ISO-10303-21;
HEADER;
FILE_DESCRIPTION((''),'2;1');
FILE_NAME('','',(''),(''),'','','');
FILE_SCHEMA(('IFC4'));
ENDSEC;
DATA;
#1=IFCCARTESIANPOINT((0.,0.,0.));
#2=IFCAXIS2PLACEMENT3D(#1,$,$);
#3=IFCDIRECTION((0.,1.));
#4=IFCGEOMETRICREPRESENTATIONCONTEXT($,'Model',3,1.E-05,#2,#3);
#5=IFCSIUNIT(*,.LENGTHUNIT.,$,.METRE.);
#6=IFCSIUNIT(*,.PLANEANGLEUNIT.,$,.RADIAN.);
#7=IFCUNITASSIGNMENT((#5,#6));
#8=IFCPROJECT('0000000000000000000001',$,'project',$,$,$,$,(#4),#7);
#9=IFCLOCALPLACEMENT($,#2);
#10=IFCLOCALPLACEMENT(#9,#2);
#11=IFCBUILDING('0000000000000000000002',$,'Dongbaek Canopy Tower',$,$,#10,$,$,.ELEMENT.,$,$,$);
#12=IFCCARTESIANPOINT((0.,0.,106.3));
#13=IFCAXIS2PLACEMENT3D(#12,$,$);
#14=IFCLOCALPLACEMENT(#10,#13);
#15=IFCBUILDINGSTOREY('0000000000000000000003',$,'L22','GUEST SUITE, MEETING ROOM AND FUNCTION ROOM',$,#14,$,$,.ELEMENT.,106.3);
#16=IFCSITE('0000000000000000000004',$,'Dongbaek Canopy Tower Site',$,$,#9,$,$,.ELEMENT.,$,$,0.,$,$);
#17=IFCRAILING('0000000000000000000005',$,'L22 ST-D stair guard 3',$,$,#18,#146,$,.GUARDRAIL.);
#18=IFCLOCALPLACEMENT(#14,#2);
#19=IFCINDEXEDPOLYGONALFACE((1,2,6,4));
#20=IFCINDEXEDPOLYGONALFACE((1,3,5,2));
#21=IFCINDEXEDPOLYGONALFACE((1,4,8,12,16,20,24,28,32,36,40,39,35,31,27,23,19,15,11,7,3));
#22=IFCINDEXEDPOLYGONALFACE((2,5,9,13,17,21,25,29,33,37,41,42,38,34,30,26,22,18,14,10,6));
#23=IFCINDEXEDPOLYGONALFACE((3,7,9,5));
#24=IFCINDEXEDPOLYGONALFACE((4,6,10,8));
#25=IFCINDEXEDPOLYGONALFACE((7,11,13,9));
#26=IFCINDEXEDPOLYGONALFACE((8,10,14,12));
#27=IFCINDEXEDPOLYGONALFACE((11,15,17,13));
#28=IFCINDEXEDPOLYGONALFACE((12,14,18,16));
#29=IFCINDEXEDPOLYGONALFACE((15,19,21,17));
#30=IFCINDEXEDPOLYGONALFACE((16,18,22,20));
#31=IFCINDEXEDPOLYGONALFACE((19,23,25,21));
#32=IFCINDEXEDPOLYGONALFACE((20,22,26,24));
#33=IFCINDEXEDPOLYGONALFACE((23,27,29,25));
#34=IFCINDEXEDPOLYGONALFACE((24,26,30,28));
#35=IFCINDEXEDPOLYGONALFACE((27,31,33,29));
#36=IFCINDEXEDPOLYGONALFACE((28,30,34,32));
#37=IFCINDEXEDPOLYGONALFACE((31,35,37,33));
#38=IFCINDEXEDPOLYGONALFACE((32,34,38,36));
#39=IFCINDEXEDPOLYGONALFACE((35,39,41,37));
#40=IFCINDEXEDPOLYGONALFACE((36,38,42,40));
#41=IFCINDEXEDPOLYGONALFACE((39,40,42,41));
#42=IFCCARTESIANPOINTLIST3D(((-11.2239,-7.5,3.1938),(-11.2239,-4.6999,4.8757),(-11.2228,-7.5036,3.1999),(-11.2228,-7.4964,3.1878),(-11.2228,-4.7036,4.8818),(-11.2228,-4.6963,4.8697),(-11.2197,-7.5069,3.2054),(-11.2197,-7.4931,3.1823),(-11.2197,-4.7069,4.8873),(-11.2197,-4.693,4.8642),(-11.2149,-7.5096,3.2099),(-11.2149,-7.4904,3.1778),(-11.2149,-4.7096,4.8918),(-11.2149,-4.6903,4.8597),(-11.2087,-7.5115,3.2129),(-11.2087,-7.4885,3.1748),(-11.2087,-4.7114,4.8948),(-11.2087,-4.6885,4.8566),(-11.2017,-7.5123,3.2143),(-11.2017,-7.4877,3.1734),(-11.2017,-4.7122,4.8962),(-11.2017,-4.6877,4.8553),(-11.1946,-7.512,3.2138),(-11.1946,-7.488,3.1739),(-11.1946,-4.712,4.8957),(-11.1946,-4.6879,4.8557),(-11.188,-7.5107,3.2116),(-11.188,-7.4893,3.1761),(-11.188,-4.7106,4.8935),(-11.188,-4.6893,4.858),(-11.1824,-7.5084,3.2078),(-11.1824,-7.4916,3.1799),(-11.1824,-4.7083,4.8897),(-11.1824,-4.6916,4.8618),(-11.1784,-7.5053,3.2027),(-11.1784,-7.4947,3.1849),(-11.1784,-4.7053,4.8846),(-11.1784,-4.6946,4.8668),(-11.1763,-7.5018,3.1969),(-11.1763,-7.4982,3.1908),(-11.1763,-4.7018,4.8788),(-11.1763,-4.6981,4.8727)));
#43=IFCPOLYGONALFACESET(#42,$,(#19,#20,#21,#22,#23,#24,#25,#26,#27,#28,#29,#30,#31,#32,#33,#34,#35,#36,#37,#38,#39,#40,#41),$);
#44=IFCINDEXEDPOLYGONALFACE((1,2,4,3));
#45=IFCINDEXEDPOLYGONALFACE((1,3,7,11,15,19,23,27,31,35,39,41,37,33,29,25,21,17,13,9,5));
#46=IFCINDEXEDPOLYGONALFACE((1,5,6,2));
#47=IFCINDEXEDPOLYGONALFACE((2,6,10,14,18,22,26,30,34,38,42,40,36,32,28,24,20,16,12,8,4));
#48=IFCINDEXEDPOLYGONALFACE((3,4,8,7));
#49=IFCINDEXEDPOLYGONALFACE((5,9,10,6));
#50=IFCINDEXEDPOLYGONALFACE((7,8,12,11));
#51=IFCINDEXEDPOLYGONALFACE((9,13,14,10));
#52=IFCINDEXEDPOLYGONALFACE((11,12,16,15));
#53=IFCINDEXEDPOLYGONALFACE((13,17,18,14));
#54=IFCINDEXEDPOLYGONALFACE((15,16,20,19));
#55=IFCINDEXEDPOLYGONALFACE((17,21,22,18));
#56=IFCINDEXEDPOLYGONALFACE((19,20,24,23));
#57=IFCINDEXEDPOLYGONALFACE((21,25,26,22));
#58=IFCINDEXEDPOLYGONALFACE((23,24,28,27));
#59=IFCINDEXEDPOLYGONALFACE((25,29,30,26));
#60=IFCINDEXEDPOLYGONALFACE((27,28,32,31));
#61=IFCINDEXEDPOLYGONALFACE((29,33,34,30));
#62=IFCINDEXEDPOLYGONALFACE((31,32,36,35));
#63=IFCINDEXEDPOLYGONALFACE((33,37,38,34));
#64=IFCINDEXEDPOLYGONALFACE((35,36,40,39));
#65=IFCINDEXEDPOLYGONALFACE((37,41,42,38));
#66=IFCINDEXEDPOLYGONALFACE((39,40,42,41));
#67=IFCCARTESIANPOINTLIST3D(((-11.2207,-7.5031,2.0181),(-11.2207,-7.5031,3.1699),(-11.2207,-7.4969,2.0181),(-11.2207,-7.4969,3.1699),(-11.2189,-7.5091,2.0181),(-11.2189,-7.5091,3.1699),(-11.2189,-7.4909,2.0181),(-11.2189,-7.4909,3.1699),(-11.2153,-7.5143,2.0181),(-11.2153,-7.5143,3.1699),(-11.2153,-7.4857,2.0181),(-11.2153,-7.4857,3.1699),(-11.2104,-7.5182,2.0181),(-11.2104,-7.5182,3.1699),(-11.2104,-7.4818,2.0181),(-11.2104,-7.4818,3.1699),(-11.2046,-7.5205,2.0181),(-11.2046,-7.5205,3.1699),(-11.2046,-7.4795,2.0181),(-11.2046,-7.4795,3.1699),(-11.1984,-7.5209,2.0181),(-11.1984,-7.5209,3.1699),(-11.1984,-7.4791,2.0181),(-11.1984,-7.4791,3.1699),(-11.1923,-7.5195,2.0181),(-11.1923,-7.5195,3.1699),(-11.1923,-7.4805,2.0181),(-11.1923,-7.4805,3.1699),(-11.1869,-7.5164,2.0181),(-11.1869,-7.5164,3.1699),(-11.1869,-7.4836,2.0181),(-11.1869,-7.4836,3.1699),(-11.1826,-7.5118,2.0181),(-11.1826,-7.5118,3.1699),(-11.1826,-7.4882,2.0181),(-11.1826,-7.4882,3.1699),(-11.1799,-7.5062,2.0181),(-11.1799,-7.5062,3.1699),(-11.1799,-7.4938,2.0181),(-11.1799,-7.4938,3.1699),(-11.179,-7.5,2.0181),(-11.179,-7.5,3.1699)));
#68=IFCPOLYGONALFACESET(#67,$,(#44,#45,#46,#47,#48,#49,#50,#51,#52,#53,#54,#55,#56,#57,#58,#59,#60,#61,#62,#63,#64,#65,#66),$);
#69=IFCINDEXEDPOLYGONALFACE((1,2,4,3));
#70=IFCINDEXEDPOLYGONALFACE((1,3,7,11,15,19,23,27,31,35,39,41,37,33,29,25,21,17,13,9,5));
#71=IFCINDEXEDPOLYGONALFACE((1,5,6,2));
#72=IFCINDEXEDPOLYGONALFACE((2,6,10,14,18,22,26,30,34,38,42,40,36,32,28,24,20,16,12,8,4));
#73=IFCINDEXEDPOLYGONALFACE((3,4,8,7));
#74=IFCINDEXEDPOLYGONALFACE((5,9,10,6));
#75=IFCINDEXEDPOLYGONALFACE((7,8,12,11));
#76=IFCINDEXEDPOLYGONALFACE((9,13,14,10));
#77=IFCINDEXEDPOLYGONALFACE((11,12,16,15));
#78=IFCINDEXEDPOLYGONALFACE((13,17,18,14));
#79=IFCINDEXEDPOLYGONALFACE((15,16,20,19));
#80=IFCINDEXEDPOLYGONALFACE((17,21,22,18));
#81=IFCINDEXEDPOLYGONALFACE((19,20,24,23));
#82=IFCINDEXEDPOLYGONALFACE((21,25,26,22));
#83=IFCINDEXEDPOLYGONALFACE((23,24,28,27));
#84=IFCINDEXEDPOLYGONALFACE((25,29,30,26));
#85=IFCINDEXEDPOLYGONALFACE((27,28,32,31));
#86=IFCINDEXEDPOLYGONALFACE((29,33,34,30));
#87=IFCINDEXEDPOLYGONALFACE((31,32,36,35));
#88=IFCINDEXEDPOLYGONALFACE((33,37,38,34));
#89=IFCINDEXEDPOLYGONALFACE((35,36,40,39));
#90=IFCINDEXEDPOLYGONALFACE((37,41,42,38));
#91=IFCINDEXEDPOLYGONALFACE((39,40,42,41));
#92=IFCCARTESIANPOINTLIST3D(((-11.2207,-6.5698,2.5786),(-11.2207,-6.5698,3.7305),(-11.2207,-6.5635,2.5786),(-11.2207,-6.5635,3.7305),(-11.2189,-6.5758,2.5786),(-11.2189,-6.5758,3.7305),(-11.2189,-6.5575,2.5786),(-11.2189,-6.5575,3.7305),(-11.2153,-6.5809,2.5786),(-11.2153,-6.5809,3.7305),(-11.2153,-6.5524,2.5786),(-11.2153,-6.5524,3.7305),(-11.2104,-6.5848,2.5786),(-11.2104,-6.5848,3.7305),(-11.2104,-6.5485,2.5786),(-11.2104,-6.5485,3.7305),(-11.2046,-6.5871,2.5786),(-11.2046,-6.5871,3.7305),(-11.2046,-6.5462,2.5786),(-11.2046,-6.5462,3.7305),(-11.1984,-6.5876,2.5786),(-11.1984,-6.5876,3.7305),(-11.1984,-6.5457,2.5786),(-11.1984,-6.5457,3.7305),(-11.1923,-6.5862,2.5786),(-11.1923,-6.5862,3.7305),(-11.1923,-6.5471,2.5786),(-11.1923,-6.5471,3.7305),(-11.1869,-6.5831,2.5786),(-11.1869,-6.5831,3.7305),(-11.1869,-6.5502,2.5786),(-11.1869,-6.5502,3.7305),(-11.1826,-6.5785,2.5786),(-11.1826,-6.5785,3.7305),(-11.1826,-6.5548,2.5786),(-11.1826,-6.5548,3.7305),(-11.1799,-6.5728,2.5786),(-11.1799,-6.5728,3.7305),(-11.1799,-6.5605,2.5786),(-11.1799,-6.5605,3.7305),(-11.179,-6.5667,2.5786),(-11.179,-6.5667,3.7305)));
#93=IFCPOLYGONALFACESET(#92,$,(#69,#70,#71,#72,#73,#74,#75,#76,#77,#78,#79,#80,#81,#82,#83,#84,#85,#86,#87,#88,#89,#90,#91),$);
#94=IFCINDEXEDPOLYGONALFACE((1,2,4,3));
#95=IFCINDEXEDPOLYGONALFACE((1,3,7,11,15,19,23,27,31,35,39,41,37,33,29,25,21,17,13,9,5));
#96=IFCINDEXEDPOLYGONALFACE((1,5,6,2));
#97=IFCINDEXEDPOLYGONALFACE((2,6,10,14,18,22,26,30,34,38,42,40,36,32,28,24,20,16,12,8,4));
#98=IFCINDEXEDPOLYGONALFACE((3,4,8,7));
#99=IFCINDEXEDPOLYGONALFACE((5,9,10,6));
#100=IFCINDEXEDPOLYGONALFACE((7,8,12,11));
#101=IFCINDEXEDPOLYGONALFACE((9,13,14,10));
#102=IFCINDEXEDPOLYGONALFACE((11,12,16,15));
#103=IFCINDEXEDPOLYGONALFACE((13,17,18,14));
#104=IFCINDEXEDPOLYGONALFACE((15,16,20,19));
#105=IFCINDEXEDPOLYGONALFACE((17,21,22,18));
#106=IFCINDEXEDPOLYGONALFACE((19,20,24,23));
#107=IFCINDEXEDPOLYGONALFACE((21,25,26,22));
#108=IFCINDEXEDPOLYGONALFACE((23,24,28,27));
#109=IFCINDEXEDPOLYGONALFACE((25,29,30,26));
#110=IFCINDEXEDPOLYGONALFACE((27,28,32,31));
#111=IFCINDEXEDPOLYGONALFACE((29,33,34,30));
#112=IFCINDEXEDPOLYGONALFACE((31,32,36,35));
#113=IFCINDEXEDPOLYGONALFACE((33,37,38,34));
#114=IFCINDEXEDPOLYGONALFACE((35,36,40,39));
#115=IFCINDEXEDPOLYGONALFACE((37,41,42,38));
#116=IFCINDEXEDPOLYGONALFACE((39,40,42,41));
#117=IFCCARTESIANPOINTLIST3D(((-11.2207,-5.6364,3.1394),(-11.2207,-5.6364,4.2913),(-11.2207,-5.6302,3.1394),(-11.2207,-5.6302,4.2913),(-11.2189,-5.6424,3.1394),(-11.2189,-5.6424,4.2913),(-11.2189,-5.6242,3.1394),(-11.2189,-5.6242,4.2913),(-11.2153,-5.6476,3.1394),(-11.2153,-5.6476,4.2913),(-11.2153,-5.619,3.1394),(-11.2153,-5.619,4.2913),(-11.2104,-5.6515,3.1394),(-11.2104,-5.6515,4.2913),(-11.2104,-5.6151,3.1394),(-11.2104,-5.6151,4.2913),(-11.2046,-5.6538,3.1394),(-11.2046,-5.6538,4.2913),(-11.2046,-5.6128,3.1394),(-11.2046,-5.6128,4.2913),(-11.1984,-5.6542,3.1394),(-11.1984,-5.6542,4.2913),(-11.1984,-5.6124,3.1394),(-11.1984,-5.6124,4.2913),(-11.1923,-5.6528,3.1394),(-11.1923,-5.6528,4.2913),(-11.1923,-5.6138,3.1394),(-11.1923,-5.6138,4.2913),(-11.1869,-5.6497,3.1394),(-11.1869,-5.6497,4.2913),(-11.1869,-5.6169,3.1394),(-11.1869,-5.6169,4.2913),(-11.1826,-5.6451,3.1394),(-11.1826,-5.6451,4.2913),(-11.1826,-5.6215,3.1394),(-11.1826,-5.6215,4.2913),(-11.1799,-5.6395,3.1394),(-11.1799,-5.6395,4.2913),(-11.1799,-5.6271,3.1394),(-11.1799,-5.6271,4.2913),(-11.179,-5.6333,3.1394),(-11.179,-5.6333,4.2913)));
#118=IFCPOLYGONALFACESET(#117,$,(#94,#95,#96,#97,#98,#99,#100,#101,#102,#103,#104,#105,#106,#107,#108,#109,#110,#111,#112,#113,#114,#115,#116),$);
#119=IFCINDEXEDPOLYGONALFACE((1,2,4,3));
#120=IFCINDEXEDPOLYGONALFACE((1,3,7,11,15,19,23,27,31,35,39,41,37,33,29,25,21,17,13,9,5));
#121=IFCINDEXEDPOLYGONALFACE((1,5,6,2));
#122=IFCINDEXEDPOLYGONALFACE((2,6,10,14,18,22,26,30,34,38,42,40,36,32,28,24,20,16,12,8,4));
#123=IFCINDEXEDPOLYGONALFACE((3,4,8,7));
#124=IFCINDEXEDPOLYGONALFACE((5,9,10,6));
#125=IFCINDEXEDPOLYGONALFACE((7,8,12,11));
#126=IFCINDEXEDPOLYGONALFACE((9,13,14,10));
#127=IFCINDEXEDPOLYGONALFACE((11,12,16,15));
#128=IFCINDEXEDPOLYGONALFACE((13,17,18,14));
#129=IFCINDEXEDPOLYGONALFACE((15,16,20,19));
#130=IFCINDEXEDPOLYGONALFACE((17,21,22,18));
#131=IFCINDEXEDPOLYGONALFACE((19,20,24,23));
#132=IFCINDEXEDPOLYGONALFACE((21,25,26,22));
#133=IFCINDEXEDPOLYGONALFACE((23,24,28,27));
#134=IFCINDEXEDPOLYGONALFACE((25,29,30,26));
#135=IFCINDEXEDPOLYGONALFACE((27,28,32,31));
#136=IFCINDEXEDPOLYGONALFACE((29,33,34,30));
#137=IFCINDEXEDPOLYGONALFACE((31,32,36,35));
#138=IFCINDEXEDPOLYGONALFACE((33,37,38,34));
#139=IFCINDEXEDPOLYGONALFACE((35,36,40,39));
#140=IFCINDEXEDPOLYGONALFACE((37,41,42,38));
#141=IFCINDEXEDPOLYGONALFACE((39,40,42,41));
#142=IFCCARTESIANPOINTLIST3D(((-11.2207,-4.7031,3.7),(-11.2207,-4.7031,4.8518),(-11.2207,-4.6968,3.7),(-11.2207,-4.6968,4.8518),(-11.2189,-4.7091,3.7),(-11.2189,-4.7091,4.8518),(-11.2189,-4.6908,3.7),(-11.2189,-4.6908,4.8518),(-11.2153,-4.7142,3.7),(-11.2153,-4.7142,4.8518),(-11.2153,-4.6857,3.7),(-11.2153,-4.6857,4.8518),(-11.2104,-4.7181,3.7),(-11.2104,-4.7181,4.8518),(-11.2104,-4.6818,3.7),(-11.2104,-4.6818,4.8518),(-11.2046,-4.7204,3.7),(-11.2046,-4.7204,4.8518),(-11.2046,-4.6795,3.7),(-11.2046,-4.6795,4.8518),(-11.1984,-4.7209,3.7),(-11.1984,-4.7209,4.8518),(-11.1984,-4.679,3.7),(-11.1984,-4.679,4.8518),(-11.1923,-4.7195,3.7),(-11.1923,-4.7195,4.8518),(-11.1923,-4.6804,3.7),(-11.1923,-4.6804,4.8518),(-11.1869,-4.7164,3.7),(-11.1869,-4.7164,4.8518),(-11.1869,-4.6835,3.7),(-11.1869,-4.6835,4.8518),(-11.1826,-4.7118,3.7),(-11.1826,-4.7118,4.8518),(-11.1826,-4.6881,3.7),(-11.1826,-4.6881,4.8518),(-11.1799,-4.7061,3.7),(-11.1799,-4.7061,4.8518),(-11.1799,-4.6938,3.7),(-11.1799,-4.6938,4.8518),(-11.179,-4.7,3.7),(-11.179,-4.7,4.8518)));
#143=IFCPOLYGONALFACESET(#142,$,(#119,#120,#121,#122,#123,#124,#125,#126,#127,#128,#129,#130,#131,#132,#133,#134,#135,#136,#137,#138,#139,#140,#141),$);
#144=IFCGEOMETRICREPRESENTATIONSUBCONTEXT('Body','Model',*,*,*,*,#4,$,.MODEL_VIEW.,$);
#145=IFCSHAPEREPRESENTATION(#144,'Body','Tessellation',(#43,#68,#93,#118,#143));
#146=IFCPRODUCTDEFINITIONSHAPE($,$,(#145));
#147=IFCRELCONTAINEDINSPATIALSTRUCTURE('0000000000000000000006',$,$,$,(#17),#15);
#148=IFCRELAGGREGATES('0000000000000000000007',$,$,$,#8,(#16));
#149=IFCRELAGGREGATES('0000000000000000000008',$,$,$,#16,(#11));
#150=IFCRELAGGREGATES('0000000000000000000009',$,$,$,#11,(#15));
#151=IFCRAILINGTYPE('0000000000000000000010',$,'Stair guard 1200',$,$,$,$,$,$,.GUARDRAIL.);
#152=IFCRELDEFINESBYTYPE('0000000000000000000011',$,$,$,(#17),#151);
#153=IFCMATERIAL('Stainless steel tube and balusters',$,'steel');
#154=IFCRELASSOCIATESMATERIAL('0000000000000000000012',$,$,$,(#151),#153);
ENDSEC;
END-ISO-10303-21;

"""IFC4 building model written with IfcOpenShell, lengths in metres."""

from ifc_helpers import new_model, si_unit, direction, frame, origin, origin_2d, place, context, subcontext, project, spatial, circle, extrude, material, type_object, element, save


model = new_model("IFC4")

# Units and contexts
model_context = context("Model", 3, precision=1e-05, world=origin(), true_north=direction((0.0, 1.0)))
body_context = subcontext(model_context, "Body", "Model", "MODEL_VIEW")
ifc_project = project(units=[si_unit("LENGTHUNIT", "METRE"), si_unit("PLANEANGLEUNIT", "RADIAN")], contexts=[model_context])

# Site, building, storey
site_placement = place(None, origin())
site = spatial("IfcSite", under=ifc_project, at=site_placement, Name="Dongbaek Canopy Tower Site", CompositionType="ELEMENT", RefElevation=0.0)
building_placement = place(site_placement, origin())
building = spatial("IfcBuilding", under=site, at=building_placement, Name="Dongbaek Canopy Tower", CompositionType="ELEMENT")
storey_placement = place(building_placement, frame((0.0, 0.0, 106.3)))
storey = spatial("IfcBuildingStorey", under=building, at=storey_placement, Name="L22", Description="GUEST SUITE, MEETING ROOM AND FUNCTION ROOM", CompositionType="ELEMENT", Elevation=106.3)

# Railing
ifc_material_1 = material(Name="Stainless steel tube and balusters", Category="steel")
railing_type_1 = type_object("IfcRailingType", Name="Stair guard 1200", PredefinedType="GUARDRAIL", material=ifc_material_1)
railing_1_placement = place(storey_placement, frame((-11.2, -7.5, 2.0181)))
element("IfcRailing", 1, at=railing_1_placement, inside=storey, type_object=railing_type_1, Name="L22 ST-D stair guard 3", PredefinedType="GUARDRAIL", context=body_context, shape_type="SweptSolid", body=[
    extrude(circle(Radius=0.0239, at=origin_2d()), frame((0.0, 0.0, 1.1758), z_axis=(0.0, 0.857242, 0.514913), x_axis=(-1.0, 0.0, 0.0)), (0.0, 0.0, 1.0), 3.2664),
    extrude(circle(Radius=0.021, at=origin_2d()), origin(), (0.0, 0.0, 1.0), 1.1519),
    extrude(circle(Radius=0.021, at=origin_2d()), frame((0.0, 0.9333, 0.5605)), (0.0, 0.0, 1.0), 1.1519),
    extrude(circle(Radius=0.021, at=origin_2d()), frame((0.0, 1.8667, 1.1213)), (0.0, 0.0, 1.0), 1.1519),
    extrude(circle(Radius=0.021, at=origin_2d()), frame((0.0, 2.8, 1.6819)), (0.0, 0.0, 1.0), 1.1519),
])

save(model, "model.ifc")
